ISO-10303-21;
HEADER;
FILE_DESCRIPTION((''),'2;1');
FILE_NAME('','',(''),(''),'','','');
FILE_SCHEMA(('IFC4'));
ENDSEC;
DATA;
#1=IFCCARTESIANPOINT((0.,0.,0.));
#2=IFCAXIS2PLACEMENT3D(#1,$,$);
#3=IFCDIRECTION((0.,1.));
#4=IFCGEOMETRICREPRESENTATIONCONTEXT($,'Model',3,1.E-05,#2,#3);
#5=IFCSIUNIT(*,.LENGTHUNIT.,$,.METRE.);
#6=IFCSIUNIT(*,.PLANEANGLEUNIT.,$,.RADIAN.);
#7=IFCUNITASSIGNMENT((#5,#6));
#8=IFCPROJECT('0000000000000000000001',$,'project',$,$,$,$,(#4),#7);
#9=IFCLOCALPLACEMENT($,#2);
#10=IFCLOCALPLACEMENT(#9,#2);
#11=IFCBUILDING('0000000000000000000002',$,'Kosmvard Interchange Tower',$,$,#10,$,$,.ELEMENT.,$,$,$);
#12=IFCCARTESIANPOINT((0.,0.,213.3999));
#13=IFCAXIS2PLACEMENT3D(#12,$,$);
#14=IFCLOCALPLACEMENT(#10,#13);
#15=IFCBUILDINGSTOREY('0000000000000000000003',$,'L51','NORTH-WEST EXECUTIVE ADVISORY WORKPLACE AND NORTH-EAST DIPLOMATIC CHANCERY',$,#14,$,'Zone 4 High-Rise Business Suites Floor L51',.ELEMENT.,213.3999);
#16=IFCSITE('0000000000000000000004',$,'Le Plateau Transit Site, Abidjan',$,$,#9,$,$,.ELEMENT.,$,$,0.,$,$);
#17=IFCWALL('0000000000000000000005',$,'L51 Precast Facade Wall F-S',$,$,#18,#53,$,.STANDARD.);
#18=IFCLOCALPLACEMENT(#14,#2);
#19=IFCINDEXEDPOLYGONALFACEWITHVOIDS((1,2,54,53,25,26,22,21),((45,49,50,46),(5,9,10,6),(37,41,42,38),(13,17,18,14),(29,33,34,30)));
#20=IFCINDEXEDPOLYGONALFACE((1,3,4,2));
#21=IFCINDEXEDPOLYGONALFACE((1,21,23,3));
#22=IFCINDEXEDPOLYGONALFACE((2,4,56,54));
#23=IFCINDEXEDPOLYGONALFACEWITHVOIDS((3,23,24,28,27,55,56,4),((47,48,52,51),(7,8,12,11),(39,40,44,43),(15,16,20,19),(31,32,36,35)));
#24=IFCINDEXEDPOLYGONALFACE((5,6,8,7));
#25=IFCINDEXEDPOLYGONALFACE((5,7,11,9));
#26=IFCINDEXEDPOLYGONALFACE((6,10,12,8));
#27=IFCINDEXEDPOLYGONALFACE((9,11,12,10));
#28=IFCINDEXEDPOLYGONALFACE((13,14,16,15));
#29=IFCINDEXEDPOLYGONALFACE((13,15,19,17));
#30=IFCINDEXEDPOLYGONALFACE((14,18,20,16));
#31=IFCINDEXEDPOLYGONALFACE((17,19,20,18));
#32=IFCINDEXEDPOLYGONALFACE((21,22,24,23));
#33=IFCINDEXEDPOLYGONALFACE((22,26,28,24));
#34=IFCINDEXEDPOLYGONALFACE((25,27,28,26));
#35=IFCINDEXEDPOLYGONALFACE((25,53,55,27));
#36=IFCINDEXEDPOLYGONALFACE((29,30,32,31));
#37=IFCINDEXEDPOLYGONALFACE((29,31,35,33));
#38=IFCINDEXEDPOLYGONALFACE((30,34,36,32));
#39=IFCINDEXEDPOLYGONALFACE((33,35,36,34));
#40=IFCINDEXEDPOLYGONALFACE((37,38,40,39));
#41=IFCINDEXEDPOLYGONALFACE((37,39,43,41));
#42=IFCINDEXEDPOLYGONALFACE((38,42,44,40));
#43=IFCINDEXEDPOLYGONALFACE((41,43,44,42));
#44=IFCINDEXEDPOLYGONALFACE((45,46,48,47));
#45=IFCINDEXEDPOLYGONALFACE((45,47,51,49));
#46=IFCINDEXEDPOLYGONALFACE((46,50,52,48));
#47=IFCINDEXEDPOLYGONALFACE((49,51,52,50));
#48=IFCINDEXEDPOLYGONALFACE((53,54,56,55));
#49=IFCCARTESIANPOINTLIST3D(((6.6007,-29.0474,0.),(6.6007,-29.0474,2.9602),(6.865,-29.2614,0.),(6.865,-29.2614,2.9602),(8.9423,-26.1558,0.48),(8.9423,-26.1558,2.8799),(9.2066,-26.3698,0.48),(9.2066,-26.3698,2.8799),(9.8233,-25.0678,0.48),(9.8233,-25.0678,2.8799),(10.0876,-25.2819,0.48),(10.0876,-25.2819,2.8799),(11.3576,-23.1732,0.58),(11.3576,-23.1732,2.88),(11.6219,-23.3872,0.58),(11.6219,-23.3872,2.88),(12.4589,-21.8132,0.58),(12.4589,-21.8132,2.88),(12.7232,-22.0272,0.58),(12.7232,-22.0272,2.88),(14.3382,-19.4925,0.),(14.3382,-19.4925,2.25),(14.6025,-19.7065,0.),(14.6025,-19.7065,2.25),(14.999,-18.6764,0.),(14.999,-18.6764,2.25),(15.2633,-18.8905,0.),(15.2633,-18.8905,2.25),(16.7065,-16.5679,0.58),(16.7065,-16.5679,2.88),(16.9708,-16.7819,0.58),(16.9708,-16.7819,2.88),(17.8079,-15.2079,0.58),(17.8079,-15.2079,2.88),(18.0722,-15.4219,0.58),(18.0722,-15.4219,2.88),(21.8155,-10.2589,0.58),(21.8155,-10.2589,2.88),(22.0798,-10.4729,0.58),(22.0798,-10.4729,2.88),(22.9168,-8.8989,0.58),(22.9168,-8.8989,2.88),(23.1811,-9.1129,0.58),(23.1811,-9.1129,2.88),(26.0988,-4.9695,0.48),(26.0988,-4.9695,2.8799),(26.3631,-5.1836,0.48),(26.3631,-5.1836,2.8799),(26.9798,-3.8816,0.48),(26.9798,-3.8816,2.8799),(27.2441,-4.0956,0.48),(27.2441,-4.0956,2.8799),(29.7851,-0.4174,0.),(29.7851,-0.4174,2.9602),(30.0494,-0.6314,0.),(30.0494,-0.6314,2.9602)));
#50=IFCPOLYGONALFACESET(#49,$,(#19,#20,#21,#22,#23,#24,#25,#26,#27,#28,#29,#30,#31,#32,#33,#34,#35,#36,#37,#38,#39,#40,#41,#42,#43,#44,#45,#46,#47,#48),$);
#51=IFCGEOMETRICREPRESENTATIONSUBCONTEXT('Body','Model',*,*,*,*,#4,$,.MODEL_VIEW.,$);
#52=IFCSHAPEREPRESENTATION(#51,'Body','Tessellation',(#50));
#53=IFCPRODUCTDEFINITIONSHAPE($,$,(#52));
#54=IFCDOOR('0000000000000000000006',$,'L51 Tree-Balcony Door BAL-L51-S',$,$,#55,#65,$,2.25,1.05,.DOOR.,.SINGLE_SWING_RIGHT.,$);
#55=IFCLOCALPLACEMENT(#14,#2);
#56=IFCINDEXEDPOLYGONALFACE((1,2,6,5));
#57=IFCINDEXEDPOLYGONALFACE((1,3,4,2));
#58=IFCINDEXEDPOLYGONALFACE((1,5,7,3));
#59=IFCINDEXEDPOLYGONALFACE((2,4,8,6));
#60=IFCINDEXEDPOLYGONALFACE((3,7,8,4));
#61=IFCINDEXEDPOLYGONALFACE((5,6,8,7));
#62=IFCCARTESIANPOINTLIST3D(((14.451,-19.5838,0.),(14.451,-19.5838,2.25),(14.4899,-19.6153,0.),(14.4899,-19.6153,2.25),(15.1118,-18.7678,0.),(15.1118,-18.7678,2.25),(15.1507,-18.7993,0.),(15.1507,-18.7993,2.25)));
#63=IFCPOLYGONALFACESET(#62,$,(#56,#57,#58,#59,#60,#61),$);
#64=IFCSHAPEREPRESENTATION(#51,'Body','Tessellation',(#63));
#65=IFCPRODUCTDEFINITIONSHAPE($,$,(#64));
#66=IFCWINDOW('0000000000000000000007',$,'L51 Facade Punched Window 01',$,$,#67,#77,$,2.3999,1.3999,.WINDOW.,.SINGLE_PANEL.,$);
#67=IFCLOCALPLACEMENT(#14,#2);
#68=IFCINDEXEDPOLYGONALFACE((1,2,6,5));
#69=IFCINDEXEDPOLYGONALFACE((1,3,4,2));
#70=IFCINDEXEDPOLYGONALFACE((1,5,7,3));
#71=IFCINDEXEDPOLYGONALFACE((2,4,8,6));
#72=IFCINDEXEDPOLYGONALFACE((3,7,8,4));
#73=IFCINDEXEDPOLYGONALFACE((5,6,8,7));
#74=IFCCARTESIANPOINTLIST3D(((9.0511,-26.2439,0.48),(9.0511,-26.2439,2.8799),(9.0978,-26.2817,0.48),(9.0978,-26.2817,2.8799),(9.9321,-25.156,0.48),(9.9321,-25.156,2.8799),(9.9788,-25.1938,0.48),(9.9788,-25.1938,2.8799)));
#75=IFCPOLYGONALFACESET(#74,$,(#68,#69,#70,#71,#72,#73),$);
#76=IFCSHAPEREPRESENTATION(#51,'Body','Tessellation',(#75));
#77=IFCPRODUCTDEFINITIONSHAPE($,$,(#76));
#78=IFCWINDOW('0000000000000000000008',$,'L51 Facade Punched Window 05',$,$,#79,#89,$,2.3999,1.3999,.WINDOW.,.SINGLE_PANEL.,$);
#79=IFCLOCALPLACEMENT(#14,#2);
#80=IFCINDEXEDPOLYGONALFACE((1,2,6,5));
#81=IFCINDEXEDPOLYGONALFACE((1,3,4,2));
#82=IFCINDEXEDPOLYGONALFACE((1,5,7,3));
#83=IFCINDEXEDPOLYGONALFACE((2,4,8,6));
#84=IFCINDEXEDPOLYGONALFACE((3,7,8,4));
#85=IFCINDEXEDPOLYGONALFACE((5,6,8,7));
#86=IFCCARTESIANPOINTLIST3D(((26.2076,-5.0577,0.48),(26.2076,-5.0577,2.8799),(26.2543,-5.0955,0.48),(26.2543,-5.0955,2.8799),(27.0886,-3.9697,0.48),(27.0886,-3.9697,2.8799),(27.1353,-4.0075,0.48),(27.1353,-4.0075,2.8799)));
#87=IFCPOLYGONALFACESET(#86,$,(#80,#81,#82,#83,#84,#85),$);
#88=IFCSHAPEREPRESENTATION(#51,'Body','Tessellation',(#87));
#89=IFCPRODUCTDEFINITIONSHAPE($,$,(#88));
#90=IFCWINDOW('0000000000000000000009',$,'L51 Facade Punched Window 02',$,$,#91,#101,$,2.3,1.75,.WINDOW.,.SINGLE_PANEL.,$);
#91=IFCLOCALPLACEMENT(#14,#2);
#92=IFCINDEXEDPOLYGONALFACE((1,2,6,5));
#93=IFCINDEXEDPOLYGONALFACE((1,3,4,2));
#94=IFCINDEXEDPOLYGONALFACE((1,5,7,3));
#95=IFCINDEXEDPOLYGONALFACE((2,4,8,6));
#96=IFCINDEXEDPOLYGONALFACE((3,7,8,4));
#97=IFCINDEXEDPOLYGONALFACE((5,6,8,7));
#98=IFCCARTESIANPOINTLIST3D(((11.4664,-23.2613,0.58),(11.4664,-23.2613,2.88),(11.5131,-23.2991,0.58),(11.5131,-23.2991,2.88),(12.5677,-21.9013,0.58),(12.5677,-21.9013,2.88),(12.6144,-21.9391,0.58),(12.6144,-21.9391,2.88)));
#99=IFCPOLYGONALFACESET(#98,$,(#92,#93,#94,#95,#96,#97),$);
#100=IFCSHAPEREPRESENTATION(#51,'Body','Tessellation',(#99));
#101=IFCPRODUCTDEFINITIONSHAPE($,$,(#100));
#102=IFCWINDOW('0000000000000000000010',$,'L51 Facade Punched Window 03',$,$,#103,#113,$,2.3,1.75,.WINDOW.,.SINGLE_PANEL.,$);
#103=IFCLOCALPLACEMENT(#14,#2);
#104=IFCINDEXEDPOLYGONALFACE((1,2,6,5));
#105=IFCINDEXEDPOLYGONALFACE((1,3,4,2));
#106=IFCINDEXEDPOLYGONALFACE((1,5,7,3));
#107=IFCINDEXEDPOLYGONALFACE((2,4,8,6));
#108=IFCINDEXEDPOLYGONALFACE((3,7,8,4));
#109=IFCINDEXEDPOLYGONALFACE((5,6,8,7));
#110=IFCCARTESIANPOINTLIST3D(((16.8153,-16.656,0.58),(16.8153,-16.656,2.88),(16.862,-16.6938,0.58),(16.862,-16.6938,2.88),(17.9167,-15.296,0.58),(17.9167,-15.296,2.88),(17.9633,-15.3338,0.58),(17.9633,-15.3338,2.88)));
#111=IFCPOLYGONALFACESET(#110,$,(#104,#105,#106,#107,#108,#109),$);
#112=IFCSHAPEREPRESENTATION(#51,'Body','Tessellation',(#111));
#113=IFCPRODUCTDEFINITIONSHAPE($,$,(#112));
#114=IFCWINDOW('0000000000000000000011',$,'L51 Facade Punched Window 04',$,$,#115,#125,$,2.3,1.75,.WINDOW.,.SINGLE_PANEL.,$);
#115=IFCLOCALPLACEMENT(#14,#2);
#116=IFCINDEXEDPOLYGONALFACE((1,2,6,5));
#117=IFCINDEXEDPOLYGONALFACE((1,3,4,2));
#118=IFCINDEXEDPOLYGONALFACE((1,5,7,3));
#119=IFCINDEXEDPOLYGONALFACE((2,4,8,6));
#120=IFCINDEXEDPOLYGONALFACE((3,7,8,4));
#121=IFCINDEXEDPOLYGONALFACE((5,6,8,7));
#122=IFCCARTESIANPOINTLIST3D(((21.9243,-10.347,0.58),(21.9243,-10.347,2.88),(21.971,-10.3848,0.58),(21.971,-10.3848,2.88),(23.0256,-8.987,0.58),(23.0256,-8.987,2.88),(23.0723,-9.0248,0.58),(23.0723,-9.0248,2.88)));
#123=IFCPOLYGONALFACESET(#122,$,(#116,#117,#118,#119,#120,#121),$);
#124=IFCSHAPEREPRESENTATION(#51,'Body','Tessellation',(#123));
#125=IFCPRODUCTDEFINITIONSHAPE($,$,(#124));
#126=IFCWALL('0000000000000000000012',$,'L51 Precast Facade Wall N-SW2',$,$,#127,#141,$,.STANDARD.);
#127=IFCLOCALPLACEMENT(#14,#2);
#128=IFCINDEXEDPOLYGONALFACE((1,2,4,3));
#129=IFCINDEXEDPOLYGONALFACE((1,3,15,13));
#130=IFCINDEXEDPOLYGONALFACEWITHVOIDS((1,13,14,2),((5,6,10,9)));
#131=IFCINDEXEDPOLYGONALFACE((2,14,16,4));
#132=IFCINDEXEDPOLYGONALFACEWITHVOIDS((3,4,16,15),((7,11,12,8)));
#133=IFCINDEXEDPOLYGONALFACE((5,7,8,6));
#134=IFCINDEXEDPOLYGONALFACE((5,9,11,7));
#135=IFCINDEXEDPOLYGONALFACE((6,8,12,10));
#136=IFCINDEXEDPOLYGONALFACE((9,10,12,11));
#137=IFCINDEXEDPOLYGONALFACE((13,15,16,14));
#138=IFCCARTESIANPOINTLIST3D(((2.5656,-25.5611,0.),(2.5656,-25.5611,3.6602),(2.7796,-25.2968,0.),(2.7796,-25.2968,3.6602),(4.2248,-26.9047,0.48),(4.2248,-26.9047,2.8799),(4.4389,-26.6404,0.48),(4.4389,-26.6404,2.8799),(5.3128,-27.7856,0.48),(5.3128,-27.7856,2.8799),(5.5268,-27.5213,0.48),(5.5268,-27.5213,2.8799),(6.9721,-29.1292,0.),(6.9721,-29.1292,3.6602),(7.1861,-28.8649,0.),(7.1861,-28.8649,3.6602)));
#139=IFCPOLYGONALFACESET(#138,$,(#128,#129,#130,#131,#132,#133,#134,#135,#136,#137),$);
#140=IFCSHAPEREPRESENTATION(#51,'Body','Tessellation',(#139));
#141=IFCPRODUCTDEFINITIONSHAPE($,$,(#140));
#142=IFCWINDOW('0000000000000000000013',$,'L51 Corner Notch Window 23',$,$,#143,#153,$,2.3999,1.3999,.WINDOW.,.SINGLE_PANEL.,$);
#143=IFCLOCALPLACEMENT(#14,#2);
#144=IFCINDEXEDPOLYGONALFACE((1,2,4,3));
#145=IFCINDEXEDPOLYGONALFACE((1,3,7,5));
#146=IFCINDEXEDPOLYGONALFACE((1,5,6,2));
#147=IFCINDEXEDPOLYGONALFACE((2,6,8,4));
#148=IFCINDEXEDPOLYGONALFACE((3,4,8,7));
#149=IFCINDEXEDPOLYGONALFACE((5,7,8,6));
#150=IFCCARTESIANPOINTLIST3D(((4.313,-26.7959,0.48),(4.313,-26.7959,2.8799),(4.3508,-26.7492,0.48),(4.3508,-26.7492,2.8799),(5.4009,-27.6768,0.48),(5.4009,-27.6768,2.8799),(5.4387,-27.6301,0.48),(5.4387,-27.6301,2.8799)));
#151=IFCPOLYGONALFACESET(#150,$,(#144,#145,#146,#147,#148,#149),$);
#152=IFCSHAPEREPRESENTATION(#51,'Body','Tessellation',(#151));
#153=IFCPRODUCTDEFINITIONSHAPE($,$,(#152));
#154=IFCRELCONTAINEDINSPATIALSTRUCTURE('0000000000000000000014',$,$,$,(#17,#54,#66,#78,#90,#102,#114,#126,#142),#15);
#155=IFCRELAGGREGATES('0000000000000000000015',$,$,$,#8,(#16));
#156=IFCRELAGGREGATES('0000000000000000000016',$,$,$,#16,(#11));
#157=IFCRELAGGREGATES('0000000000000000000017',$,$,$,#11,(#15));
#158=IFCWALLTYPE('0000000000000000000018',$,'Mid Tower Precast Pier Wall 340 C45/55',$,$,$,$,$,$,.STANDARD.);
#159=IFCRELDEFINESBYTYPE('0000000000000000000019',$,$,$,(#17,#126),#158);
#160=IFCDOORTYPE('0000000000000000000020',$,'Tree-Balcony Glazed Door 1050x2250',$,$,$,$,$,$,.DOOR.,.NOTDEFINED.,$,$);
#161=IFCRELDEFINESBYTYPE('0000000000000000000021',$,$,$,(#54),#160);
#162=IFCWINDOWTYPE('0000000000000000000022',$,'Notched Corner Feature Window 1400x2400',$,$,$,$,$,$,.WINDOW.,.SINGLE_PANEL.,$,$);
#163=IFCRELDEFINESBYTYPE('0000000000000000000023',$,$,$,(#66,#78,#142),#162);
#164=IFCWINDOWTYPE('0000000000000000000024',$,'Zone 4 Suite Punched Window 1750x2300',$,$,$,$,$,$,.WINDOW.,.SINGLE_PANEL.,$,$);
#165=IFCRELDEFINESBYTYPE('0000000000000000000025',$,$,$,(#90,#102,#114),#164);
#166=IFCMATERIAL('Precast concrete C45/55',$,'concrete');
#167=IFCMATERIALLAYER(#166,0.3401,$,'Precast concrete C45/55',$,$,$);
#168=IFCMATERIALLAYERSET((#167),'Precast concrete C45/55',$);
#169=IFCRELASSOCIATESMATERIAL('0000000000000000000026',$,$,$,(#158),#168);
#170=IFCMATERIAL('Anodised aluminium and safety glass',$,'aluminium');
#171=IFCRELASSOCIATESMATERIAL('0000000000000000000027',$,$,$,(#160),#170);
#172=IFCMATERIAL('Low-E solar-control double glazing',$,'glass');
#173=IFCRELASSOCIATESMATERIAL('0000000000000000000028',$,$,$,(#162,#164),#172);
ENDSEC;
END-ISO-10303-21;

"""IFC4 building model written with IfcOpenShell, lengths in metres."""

from ifc_helpers import new_model, si_unit, direction, frame, frame_2d, origin, place, context, subcontext, project, spatial, rectangle, extrude, source, transform, mapped, material, layer, layer_set, type_object, element, fill, save


model = new_model("IFC4")

# Units and contexts
model_context = context("Model", 3, precision=1e-05, world=origin(), true_north=direction((0.0, 1.0)))
body_context = subcontext(model_context, "Body", "Model", "MODEL_VIEW")
ifc_project = project(units=[si_unit("LENGTHUNIT", "METRE"), si_unit("PLANEANGLEUNIT", "RADIAN")], contexts=[model_context])

# Site, building, storey
site_placement = place(None, origin())
site = spatial("IfcSite", under=ifc_project, at=site_placement, Name="Le Plateau Transit Site, Abidjan", CompositionType="ELEMENT", RefElevation=0.0)
building_placement = place(site_placement, origin())
building = spatial("IfcBuilding", under=site, at=building_placement, Name="Kosmvard Interchange Tower", CompositionType="ELEMENT")
storey_placement = place(building_placement, frame((0.0, 0.0, 213.3999)))
storey = spatial("IfcBuildingStorey", under=building, at=storey_placement, Name="L51", Description="NORTH-WEST EXECUTIVE ADVISORY WORKPLACE AND NORTH-EAST DIPLOMATIC CHANCERY", LongName="Zone 4 High-Rise Business Suites Floor L51", CompositionType="ELEMENT", Elevation=213.3999)

# Wall, openings, door, windows
ifc_material_1 = material(Name="Precast concrete C45/55", Category="concrete")
ifc_layer_1 = layer(ifc_material_1, 0.3401, Name="Precast concrete C45/55")
ifc_layer_set_1 = layer_set([ifc_layer_1], Name="Precast concrete C45/55")
wall_type_1 = type_object("IfcWallType", Name="Mid Tower Precast Pier Wall 340 C45/55", PredefinedType="STANDARD", material=ifc_layer_set_1)
wall_1_placement = place(storey_placement, frame((6.7329, -29.1543, 0.0), z_axis=(0.0, 0.0, 1.0), x_axis=(0.629325, 0.777142, 0.0)))
wall_1 = element("IfcWall", 1, at=wall_1_placement, inside=storey, type_object=wall_type_1, Name="L51 Precast Facade Wall F-S", PredefinedType="STANDARD", context=body_context, shape_type="SweptSolid", body=[
    extrude(rectangle(XDim=36.8401, YDim=0.3401, at=frame_2d((18.4199, 0.0))), origin(), (0.0, 0.0, 1.0), 2.9602),
])
opening_1_placement = place(wall_1_placement, frame((12.2949, 0.0, 0.0)))
opening_1 = element("IfcOpeningElement", 2, at=opening_1_placement, cuts=wall_1, PredefinedType="OPENING", context=body_context, shape_type="SweptSolid", body=[
    extrude(rectangle(XDim=1.05, YDim=2.25, at=frame_2d((0.5249, 1.125))), frame((0.0, 0.1802, 0.0), z_axis=(0.0, -1.0, 0.0), x_axis=(1.0, 0.0, 0.0)), (0.0, 0.0, 1.0), 0.3601),
])
opening_2_placement = place(wall_1_placement, frame((3.7207, 0.0, 0.48)))
opening_2 = element("IfcOpeningElement", 3, at=opening_2_placement, cuts=wall_1, PredefinedType="OPENING", context=body_context, shape_type="SweptSolid", body=[
    extrude(rectangle(XDim=1.3999, YDim=2.3999, at=frame_2d((0.7, 1.2))), frame((0.0, 0.1802, 0.0), z_axis=(0.0, -1.0, 0.0), x_axis=(1.0, 0.0, 0.0)), (0.0, 0.0, 1.0), 0.3601),
])
opening_3_placement = place(wall_1_placement, frame((7.5586, 0.0, 0.5801)))
opening_3 = element("IfcOpeningElement", 4, at=opening_3_placement, cuts=wall_1, PredefinedType="OPENING", context=body_context, shape_type="SweptSolid", body=[
    extrude(rectangle(XDim=1.75, YDim=2.3, at=frame_2d((0.875, 1.1499))), frame((0.0, 0.1802, 0.0), z_axis=(0.0, -1.0, 0.0), x_axis=(1.0, 0.0, 0.0)), (0.0, 0.0, 1.0), 0.3601),
])
opening_4_placement = place(wall_1_placement, frame((16.0581, 0.0, 0.5801)))
opening_4 = element("IfcOpeningElement", 5, at=opening_4_placement, cuts=wall_1, PredefinedType="OPENING", context=body_context, shape_type="SweptSolid", body=[
    extrude(rectangle(XDim=1.75, YDim=2.3, at=frame_2d((0.875, 1.1499))), frame((0.0, 0.1802, 0.0), z_axis=(0.0, -1.0, 0.0), x_axis=(1.0, 0.0, 0.0)), (0.0, 0.0, 1.0), 0.3601),
])
opening_5_placement = place(wall_1_placement, frame((24.1763, 0.0, 0.5801)))
opening_5 = element("IfcOpeningElement", 6, at=opening_5_placement, cuts=wall_1, PredefinedType="OPENING", context=body_context, shape_type="SweptSolid", body=[
    extrude(rectangle(XDim=1.75, YDim=2.3, at=frame_2d((0.875, 1.1499))), frame((0.0, 0.1802, 0.0), z_axis=(0.0, -1.0, 0.0), x_axis=(1.0, 0.0, 0.0)), (0.0, 0.0, 1.0), 0.3601),
])
opening_6_placement = place(wall_1_placement, frame((30.9824, 0.0, 0.48)))
opening_6 = element("IfcOpeningElement", 7, at=opening_6_placement, cuts=wall_1, PredefinedType="OPENING", context=body_context, shape_type="SweptSolid", body=[
    extrude(rectangle(XDim=1.3999, YDim=2.3999, at=frame_2d((0.7, 1.2))), frame((0.0, 0.1802, 0.0), z_axis=(0.0, -1.0, 0.0), x_axis=(1.0, 0.0, 0.0)), (0.0, 0.0, 1.0), 0.3601),
])
ifc_material_2 = material(Name="Anodised aluminium and safety glass", Category="aluminium")
door_type = type_object("IfcDoorType", Name="Tree-Balcony Glazed Door 1050x2250", OperationType="NOTDEFINED", PredefinedType="DOOR", material=ifc_material_2)
shared_shape_1 = source(origin(), body_context, "Body", "SweptSolid", [
    extrude(rectangle(XDim=1.05, YDim=2.25, at=frame_2d((0.5249, 1.125))), frame((0.0, 0.0249, 0.0), z_axis=(0.0, -1.0, 0.0), x_axis=(1.0, 0.0, 0.0)), (0.0, 0.0, 1.0), 0.05),
])
door_placement = place(opening_1_placement, origin())
door = element("IfcDoor", 8, at=door_placement, inside=storey, type_object=door_type, Name="L51 Tree-Balcony Door BAL-L51-S", OperationType="SINGLE_SWING_RIGHT", OverallHeight=2.25, OverallWidth=1.05, PredefinedType="DOOR", context=body_context, shape_type="MappedRepresentation", body=[
    mapped(shared_shape_1, transform((0.0, 0.0, 0.0), scale=1.0)),
])
fill(opening_1, door)
ifc_material_3 = material(Name="Low-E solar-control double glazing", Category="glass")
window_type_1 = type_object("IfcWindowType", Name="Notched Corner Feature Window 1400x2400", PartitioningType="SINGLE_PANEL", PredefinedType="WINDOW", material=ifc_material_3)
shared_shape_2 = source(origin(), body_context, "Body", "SweptSolid", [
    extrude(rectangle(XDim=1.3999, YDim=2.3999, at=frame_2d((0.7, 1.2))), frame((0.0, 0.03, 0.0), z_axis=(0.0, -1.0, 0.0), x_axis=(1.0, 0.0, 0.0)), (0.0, 0.0, 1.0), 0.0601),
])
window_1_placement = place(opening_2_placement, origin())
window_1 = element("IfcWindow", 9, at=window_1_placement, inside=storey, type_object=window_type_1, Name="L51 Facade Punched Window 01", OverallHeight=2.3999, OverallWidth=1.3999, PartitioningType="SINGLE_PANEL", PredefinedType="WINDOW", context=body_context, shape_type="MappedRepresentation", body=[
    mapped(shared_shape_2, transform((0.0, 0.0, 0.0), scale=1.0)),
])
fill(opening_2, window_1)
window_2_placement = place(opening_6_placement, origin())
window_2 = element("IfcWindow", 10, at=window_2_placement, inside=storey, type_object=window_type_1, Name="L51 Facade Punched Window 05", OverallHeight=2.3999, OverallWidth=1.3999, PartitioningType="SINGLE_PANEL", PredefinedType="WINDOW", context=body_context, shape_type="MappedRepresentation", body=[
    mapped(shared_shape_2, transform((0.0, 0.0, 0.0), scale=1.0)),
])
fill(opening_6, window_2)
window_type_2 = type_object("IfcWindowType", Name="Zone 4 Suite Punched Window 1750x2300", PartitioningType="SINGLE_PANEL", PredefinedType="WINDOW", material=ifc_material_3)
shared_shape_3 = source(origin(), body_context, "Body", "SweptSolid", [
    extrude(rectangle(XDim=1.75, YDim=2.3, at=frame_2d((0.875, 1.1499))), frame((0.0, 0.03, 0.0), z_axis=(0.0, -1.0, 0.0), x_axis=(1.0, 0.0, 0.0)), (0.0, 0.0, 1.0), 0.0601),
])
window_3_placement = place(opening_3_placement, origin())
window_3 = element("IfcWindow", 11, at=window_3_placement, inside=storey, type_object=window_type_2, Name="L51 Facade Punched Window 02", OverallHeight=2.3, OverallWidth=1.75, PartitioningType="SINGLE_PANEL", PredefinedType="WINDOW", context=body_context, shape_type="MappedRepresentation", body=[
    mapped(shared_shape_3, transform((0.0, 0.0, 0.0), scale=1.0)),
])
fill(opening_3, window_3)
window_4_placement = place(opening_4_placement, origin())
window_4 = element("IfcWindow", 12, at=window_4_placement, inside=storey, type_object=window_type_2, Name="L51 Facade Punched Window 03", OverallHeight=2.3, OverallWidth=1.75, PartitioningType="SINGLE_PANEL", PredefinedType="WINDOW", context=body_context, shape_type="MappedRepresentation", body=[
    mapped(shared_shape_3, transform((0.0, 0.0, 0.0), scale=1.0)),
])
fill(opening_4, window_4)
window_5_placement = place(opening_5_placement, origin())
window_5 = element("IfcWindow", 13, at=window_5_placement, inside=storey, type_object=window_type_2, Name="L51 Facade Punched Window 04", OverallHeight=2.3, OverallWidth=1.75, PartitioningType="SINGLE_PANEL", PredefinedType="WINDOW", context=body_context, shape_type="MappedRepresentation", body=[
    mapped(shared_shape_3, transform((0.0, 0.0, 0.0), scale=1.0)),
])
fill(opening_5, window_5)

# Wall, opening, window
wall_2_placement = place(storey_placement, frame((2.6726, -25.429, 0.0), z_axis=(0.0, 0.0, 1.0), x_axis=(0.777163, -0.6293, 0.0)))
wall_2 = element("IfcWall", 14, at=wall_2_placement, inside=storey, type_object=wall_type_1, Name="L51 Precast Facade Wall N-SW2", PredefinedType="STANDARD", context=body_context, shape_type="SweptSolid", body=[
    extrude(rectangle(XDim=5.6699, YDim=0.3401, at=frame_2d((2.835, 0.0))), origin(), (0.0, 0.0, 1.0), 3.6602),
])
opening_7_placement = place(wall_2_placement, frame((2.135, 0.0, 0.48)))
opening_7 = element("IfcOpeningElement", 15, at=opening_7_placement, cuts=wall_2, PredefinedType="OPENING", context=body_context, shape_type="SweptSolid", body=[
    extrude(rectangle(XDim=1.3999, YDim=2.3999, at=frame_2d((0.7, 1.2))), frame((0.0, 0.1802, 0.0), z_axis=(0.0, -1.0, 0.0), x_axis=(1.0, 0.0, 0.0)), (0.0, 0.0, 1.0), 0.3601),
])
window_6_placement = place(opening_7_placement, origin())
window_6 = element("IfcWindow", 16, at=window_6_placement, inside=storey, type_object=window_type_1, Name="L51 Corner Notch Window 23", OverallHeight=2.3999, OverallWidth=1.3999, PartitioningType="SINGLE_PANEL", PredefinedType="WINDOW", context=body_context, shape_type="MappedRepresentation", body=[
    mapped(shared_shape_2, transform((0.0, 0.0, 0.0), scale=1.0)),
])
fill(opening_7, window_6)

save(model, "model.ifc")
